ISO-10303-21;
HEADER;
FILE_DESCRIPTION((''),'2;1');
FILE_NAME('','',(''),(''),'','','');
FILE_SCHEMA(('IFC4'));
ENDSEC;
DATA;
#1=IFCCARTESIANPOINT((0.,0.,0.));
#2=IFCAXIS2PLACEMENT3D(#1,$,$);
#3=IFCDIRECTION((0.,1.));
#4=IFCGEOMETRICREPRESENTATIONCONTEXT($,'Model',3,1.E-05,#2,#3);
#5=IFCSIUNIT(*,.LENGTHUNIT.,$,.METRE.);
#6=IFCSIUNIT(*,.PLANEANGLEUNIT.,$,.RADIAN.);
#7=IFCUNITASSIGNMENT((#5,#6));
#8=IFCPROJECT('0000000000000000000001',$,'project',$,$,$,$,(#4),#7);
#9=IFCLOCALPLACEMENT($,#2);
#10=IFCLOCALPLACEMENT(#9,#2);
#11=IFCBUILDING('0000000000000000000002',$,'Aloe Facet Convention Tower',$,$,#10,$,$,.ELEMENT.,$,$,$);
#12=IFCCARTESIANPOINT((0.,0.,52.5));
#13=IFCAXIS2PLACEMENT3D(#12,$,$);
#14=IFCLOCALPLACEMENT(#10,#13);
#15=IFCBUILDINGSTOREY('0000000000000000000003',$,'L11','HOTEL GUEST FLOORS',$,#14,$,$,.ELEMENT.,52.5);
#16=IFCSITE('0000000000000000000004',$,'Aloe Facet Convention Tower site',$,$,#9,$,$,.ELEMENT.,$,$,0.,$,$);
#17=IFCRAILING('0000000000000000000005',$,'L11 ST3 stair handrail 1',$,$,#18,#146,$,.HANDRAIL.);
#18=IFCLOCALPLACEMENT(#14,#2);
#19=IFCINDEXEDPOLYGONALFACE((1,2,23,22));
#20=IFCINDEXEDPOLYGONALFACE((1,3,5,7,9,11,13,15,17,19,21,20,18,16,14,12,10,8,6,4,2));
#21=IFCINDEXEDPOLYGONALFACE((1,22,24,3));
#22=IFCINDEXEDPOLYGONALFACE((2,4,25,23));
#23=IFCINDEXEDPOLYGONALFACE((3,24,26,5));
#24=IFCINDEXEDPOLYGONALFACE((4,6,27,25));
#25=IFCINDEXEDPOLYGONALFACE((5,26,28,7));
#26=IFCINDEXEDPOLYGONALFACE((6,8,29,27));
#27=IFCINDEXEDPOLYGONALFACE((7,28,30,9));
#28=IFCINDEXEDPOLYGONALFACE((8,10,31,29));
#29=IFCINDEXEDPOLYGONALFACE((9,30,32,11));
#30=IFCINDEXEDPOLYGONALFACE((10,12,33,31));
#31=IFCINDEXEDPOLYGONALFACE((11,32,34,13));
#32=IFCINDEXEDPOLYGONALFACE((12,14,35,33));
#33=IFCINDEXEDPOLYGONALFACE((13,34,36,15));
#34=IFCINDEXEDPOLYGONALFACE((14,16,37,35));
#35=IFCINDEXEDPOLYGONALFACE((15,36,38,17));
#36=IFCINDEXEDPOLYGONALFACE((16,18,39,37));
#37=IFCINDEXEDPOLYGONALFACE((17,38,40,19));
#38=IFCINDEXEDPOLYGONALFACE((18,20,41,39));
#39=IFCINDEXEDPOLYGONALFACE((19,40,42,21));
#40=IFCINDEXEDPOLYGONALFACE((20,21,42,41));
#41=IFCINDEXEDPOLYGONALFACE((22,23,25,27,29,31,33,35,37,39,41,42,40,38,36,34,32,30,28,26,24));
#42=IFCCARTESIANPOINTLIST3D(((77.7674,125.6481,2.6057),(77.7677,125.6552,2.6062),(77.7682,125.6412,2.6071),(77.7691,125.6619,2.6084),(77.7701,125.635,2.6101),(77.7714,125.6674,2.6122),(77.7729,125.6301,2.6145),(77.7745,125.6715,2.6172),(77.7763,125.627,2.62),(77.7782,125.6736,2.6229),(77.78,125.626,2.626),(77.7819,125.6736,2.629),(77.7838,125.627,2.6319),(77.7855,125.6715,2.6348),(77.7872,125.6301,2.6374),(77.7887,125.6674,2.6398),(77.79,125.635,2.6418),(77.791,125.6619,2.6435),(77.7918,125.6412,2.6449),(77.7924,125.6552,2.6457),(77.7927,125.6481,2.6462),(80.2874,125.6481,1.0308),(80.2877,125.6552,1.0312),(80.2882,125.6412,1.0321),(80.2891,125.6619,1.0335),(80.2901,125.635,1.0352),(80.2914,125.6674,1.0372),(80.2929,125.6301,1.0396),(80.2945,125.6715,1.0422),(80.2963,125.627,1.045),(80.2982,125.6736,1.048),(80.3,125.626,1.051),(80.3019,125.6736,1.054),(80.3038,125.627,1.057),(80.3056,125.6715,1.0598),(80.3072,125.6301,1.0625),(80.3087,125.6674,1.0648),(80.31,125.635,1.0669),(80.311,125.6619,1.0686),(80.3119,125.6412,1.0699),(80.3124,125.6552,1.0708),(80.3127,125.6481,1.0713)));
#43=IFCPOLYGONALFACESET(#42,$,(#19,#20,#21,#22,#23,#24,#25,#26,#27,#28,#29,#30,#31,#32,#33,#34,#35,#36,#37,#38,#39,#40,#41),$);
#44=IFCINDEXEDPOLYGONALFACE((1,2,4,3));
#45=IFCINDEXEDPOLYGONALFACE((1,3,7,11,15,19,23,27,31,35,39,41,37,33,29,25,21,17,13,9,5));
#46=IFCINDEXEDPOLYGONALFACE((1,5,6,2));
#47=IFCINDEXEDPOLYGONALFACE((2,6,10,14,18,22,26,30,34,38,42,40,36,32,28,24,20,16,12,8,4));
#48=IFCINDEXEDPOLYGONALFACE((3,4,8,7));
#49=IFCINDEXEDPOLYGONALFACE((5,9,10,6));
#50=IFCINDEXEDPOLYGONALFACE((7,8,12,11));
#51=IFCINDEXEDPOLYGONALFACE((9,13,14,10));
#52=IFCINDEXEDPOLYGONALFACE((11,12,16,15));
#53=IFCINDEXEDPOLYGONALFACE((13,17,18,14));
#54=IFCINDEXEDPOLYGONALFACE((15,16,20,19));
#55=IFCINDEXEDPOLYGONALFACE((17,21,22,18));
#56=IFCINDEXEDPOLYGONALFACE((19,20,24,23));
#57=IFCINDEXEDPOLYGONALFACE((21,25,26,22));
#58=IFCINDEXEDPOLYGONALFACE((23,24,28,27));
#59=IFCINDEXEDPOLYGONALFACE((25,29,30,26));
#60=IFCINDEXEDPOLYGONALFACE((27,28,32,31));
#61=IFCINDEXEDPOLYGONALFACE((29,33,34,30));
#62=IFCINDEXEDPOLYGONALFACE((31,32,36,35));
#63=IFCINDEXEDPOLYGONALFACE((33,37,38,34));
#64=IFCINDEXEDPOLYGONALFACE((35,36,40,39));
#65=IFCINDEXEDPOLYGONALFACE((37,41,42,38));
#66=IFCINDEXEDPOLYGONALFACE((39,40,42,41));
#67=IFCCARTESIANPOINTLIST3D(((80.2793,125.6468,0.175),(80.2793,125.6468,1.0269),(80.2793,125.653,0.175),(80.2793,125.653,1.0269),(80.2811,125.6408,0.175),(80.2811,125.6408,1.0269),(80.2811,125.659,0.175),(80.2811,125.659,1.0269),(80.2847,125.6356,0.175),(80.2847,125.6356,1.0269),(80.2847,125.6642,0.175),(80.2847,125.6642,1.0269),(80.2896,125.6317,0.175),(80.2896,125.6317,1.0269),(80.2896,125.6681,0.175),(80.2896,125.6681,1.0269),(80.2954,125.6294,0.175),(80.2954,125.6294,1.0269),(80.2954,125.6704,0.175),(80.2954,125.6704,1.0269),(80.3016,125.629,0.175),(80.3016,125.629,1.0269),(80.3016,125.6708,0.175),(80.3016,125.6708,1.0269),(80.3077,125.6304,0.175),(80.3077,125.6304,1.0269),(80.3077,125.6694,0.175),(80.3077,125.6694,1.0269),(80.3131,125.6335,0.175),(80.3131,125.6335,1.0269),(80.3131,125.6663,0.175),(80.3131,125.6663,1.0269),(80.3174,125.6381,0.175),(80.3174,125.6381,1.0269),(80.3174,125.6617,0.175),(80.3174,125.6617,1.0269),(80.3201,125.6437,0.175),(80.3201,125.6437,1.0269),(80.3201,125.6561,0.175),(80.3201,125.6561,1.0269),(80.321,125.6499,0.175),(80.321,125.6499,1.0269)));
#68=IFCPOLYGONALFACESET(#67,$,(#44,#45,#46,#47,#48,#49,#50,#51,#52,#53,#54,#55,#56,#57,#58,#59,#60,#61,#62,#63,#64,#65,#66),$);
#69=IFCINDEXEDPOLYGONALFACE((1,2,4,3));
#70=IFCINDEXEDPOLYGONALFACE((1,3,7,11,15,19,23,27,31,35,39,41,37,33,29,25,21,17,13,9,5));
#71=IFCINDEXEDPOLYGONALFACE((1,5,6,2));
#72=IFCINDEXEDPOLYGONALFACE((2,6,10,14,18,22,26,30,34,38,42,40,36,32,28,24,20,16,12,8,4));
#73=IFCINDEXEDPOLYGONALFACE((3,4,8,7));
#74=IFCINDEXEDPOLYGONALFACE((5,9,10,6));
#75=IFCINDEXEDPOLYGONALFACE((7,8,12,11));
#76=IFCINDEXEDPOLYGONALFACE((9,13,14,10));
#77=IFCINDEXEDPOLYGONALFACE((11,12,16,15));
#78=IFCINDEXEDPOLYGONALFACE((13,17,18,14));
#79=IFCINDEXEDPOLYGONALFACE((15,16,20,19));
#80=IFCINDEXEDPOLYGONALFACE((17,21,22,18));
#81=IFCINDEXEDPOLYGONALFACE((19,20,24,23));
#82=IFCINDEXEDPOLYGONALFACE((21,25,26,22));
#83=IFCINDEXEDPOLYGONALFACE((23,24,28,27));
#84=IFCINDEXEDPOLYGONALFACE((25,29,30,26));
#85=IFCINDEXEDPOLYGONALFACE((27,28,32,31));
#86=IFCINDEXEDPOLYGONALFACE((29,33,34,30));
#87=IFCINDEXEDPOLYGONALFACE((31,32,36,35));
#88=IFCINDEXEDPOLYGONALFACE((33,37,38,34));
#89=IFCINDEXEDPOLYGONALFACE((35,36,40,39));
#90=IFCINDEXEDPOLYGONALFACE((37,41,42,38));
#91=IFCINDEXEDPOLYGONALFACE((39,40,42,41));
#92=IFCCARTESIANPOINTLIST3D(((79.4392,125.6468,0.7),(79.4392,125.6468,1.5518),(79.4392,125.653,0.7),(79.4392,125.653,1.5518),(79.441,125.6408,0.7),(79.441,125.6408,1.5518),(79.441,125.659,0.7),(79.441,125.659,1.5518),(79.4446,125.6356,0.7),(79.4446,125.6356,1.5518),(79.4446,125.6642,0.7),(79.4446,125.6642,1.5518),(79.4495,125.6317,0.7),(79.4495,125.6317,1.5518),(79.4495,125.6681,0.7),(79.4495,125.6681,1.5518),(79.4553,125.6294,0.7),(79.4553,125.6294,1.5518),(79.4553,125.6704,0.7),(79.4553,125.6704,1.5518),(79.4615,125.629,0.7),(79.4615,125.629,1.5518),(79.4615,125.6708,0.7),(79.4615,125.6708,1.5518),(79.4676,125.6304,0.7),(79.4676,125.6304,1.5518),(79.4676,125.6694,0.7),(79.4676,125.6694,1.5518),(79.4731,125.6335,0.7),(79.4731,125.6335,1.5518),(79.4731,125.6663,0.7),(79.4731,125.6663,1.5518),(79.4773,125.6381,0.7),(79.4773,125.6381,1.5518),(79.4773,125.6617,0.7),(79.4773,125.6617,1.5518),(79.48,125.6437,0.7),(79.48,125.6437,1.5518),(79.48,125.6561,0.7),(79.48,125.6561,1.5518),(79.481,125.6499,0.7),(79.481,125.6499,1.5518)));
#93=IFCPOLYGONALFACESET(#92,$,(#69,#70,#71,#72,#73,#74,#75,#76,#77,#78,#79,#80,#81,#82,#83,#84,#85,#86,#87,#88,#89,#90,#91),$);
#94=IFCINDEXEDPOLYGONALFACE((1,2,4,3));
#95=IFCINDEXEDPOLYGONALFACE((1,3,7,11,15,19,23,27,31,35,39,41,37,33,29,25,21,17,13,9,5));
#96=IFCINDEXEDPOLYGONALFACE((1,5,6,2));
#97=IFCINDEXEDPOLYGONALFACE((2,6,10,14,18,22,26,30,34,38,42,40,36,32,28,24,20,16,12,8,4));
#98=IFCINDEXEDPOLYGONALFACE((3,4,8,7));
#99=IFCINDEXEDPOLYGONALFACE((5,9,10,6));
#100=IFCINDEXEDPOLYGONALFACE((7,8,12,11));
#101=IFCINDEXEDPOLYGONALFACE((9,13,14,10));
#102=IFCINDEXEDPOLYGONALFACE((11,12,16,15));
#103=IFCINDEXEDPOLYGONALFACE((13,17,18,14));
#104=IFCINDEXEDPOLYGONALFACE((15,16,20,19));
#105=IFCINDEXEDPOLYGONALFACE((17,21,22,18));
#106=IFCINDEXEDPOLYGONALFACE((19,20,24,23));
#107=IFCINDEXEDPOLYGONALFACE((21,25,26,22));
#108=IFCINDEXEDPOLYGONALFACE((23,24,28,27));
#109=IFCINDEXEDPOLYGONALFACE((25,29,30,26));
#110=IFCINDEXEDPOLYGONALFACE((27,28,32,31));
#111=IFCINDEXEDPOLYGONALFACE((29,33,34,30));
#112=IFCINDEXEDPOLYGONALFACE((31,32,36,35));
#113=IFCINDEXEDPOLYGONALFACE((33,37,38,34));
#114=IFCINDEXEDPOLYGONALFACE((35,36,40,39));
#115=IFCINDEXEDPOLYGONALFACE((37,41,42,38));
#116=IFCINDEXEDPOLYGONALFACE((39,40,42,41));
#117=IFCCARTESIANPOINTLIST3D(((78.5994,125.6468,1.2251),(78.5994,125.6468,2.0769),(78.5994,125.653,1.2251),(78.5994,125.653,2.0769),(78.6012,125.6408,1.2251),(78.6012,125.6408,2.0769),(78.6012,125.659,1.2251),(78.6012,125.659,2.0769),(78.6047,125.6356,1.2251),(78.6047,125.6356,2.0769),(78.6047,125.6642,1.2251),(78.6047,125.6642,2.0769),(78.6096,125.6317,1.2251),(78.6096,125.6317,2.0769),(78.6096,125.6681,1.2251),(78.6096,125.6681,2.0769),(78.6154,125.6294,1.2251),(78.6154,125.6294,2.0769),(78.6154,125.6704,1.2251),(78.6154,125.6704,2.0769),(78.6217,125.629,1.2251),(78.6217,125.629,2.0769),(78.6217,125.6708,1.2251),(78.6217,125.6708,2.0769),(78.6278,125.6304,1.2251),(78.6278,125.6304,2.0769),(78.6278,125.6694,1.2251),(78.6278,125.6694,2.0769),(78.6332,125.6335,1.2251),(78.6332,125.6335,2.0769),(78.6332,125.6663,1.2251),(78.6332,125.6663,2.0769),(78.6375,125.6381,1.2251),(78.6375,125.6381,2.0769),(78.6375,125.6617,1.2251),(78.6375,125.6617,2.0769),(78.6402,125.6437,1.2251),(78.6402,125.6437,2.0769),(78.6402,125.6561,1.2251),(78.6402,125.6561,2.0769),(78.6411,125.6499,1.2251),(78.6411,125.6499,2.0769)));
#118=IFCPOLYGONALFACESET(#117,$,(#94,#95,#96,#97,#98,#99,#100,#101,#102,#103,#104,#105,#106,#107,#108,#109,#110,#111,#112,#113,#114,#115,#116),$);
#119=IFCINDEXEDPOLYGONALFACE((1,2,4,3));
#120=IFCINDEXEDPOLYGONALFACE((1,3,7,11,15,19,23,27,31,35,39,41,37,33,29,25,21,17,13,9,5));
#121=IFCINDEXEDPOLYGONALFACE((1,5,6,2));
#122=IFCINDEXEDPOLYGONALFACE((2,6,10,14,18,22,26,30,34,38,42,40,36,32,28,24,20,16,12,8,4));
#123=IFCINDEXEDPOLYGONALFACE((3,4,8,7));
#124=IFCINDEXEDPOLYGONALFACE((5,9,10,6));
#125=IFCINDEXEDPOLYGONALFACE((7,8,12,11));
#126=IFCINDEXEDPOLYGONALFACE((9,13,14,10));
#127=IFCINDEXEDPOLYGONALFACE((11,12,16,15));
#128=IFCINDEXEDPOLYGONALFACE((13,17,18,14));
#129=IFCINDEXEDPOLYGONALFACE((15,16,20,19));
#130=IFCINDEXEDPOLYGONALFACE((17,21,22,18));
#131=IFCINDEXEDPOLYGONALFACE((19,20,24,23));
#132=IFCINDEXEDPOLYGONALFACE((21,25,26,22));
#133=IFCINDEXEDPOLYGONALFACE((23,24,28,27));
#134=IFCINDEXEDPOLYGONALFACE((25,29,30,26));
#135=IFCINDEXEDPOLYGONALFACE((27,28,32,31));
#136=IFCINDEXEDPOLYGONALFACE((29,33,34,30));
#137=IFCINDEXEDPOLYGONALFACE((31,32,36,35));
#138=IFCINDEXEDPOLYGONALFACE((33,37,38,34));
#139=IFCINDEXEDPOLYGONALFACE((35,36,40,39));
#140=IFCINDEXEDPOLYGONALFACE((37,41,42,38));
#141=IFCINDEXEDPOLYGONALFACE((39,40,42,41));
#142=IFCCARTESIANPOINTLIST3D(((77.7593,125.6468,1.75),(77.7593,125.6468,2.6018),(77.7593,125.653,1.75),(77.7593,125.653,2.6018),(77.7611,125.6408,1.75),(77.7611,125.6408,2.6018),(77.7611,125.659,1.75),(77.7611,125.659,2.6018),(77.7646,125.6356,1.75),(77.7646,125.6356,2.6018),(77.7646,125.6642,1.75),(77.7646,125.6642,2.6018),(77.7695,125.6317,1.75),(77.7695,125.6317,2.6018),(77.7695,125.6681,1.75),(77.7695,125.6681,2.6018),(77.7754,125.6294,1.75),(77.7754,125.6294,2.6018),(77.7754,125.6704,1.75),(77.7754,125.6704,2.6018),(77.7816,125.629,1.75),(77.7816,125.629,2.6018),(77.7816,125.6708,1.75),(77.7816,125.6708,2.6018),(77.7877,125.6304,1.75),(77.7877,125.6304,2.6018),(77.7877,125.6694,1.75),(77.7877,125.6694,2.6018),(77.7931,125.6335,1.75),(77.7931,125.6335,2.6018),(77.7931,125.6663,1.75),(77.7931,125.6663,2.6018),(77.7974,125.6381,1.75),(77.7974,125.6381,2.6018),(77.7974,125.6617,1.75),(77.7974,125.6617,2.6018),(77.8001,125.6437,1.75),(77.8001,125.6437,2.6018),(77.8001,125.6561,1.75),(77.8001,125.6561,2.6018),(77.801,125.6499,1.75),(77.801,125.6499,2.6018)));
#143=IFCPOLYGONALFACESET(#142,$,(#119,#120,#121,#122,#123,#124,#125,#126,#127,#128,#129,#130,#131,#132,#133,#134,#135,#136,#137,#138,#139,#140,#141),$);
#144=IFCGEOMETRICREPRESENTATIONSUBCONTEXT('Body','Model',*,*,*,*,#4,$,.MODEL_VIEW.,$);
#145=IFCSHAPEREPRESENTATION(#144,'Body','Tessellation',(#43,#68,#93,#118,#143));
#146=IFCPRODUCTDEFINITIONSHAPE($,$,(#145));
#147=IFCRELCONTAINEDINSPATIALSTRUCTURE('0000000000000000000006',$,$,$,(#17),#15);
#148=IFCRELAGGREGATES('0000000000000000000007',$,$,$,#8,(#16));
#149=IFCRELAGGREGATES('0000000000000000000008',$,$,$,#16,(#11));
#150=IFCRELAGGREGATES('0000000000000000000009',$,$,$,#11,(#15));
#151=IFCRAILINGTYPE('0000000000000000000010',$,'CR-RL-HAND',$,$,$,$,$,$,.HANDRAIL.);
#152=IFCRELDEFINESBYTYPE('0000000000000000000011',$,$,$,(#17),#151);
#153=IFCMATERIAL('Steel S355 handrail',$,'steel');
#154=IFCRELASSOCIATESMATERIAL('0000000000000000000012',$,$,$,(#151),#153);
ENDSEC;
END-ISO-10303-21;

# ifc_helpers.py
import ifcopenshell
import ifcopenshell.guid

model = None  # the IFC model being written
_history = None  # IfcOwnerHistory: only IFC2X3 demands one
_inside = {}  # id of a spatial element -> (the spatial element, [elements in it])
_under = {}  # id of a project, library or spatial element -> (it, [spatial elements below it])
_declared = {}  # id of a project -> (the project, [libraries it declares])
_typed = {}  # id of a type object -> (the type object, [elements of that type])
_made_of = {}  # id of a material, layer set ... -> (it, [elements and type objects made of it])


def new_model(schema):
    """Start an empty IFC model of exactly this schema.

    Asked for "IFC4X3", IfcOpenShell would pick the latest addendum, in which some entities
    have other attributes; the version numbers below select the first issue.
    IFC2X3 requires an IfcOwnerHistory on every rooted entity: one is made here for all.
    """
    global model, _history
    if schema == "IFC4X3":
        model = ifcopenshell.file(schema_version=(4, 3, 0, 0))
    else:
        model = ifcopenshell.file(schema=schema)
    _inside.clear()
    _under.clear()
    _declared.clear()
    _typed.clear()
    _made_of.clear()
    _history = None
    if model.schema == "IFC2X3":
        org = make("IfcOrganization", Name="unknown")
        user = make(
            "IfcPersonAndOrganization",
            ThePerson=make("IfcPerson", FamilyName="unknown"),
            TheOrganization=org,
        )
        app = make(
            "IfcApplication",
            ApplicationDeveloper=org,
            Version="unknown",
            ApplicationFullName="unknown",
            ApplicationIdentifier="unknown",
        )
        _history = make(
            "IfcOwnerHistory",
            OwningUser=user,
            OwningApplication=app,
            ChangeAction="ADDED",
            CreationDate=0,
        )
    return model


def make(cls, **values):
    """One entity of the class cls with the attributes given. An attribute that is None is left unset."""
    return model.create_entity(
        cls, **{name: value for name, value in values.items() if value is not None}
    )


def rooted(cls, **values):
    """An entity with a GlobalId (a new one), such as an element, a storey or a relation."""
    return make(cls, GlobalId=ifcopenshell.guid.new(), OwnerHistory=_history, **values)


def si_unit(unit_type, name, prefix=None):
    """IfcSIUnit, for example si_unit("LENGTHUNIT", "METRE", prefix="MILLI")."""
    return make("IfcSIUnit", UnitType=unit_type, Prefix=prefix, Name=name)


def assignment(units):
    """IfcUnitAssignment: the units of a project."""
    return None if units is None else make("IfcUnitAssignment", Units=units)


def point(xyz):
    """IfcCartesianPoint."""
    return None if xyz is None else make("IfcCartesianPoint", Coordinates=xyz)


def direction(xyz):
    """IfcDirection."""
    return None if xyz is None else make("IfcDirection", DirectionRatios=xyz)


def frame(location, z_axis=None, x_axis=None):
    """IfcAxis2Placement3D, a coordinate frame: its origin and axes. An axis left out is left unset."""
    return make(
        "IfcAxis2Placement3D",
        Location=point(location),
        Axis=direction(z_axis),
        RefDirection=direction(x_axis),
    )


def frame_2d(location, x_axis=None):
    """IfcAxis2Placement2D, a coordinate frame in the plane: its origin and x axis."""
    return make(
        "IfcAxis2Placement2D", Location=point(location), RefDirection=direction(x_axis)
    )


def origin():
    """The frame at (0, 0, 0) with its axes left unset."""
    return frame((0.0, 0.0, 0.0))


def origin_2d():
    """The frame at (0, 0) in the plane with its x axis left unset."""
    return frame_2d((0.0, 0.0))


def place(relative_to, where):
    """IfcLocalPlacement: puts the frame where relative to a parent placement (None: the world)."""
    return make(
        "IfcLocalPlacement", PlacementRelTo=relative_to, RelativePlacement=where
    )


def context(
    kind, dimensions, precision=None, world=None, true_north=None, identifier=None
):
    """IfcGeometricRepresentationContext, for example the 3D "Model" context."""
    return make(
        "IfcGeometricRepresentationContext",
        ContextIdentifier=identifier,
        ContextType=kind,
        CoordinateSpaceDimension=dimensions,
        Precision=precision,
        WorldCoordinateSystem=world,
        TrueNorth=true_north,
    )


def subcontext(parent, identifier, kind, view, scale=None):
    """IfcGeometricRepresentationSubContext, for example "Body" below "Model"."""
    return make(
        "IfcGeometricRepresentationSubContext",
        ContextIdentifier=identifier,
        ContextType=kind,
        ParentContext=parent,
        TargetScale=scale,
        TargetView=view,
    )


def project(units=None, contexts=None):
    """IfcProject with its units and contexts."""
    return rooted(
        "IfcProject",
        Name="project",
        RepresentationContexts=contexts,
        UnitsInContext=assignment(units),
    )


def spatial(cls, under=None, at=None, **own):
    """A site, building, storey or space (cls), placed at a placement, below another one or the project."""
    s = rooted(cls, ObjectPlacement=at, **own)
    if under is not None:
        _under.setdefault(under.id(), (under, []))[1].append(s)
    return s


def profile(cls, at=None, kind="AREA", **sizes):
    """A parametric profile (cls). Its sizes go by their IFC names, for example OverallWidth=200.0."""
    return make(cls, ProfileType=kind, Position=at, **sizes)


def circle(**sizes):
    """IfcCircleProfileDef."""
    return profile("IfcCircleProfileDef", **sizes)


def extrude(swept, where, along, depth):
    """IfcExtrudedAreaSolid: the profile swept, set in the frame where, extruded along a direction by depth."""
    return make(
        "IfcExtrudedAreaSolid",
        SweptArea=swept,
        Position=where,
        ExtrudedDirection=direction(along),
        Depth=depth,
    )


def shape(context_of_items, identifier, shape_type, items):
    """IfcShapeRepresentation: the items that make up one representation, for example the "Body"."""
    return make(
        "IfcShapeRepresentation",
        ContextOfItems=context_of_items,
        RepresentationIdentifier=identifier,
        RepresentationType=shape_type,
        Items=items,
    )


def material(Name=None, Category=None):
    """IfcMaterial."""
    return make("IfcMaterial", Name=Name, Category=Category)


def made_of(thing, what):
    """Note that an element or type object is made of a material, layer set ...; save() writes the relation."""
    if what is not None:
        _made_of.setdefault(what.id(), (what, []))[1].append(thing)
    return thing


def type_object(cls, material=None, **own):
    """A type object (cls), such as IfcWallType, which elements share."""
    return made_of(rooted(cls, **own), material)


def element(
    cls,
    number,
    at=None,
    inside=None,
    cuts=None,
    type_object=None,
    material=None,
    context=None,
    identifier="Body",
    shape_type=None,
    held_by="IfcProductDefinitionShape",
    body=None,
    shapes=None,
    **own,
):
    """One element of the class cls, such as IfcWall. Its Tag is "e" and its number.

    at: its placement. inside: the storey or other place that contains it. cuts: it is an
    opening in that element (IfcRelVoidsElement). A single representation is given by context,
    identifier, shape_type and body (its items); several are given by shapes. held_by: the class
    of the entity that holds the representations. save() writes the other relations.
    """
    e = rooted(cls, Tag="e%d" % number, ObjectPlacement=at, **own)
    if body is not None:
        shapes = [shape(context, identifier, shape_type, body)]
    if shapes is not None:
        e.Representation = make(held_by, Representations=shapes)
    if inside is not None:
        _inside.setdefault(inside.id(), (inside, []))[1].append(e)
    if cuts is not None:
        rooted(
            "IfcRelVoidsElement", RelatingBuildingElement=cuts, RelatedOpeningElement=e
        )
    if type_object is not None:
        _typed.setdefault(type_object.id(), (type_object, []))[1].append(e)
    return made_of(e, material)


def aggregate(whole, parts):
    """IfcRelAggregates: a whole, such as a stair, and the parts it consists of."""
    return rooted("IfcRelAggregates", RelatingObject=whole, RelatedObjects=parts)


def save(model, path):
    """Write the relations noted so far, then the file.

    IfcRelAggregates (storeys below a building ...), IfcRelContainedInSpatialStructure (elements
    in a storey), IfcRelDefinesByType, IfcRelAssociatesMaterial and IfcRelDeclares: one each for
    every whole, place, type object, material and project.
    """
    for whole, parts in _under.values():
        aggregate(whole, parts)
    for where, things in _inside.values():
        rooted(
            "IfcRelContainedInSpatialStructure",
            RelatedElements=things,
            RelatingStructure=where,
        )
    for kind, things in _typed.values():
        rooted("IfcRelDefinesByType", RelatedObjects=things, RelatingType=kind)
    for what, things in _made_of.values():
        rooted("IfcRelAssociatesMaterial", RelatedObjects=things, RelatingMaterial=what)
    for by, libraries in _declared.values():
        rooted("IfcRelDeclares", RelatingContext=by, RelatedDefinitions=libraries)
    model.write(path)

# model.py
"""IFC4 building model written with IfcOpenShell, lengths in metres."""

from ifc_helpers import new_model, si_unit, direction, frame, origin, origin_2d, place, context, subcontext, project, spatial, circle, extrude, material, type_object, element, save


model = new_model("IFC4")

# Units and contexts
model_context = context("Model", 3, precision=1e-05, world=origin(), true_north=direction((0.0, 1.0)))
body_context = subcontext(model_context, "Body", "Model", "MODEL_VIEW")
ifc_project = project(units=[si_unit("LENGTHUNIT", "METRE"), si_unit("PLANEANGLEUNIT", "RADIAN")], contexts=[model_context])

# Site, building, storey
site_placement = place(None, origin())
site = spatial("IfcSite", under=ifc_project, at=site_placement, Name="Aloe Facet Convention Tower site", CompositionType="ELEMENT", RefElevation=0.0)
building_placement = place(site_placement, origin())
building = spatial("IfcBuilding", under=site, at=building_placement, Name="Aloe Facet Convention Tower", CompositionType="ELEMENT")
storey_placement = place(building_placement, frame((0.0, 0.0, 52.5)))
storey = spatial("IfcBuildingStorey", under=building, at=storey_placement, Name="L11", Description="HOTEL GUEST FLOORS", CompositionType="ELEMENT", Elevation=52.5)

# Railing
ifc_material_1 = material(Name="Steel S355 handrail", Category="steel")
railing_type_1 = type_object("IfcRailingType", Name="CR-RL-HAND", PredefinedType="HANDRAIL", material=ifc_material_1)
railing_1_placement = place(storey_placement, frame((80.3, 125.6499, 0.175)))
element("IfcRailing", 1, at=railing_1_placement, inside=storey, type_object=railing_type_1, Name="L11 ST3 stair handrail 1", PredefinedType="HANDRAIL", context=body_context, shape_type="SweptSolid", body=[
    extrude(circle(Radius=0.0239, at=origin_2d()), frame((0.0, 0.0, 0.876), z_axis=(-0.848008, 0.0, 0.529984), x_axis=(0.0, -1.0, 0.0)), (0.0, 0.0, 1.0), 2.9717),
    extrude(circle(Radius=0.021, at=origin_2d()), origin(), (0.0, 0.0, 1.0), 0.8518),
    extrude(circle(Radius=0.021, at=origin_2d()), frame((-0.8401, 0.0, 0.5249)), (0.0, 0.0, 1.0), 0.8518),
    extrude(circle(Radius=0.021, at=origin_2d()), frame((-1.6799, 0.0, 1.05)), (0.0, 0.0, 1.0), 0.8518),
    extrude(circle(Radius=0.021, at=origin_2d()), frame((-2.52, 0.0, 1.575)), (0.0, 0.0, 1.0), 0.8518),
])

save(model, "model.ifc")
